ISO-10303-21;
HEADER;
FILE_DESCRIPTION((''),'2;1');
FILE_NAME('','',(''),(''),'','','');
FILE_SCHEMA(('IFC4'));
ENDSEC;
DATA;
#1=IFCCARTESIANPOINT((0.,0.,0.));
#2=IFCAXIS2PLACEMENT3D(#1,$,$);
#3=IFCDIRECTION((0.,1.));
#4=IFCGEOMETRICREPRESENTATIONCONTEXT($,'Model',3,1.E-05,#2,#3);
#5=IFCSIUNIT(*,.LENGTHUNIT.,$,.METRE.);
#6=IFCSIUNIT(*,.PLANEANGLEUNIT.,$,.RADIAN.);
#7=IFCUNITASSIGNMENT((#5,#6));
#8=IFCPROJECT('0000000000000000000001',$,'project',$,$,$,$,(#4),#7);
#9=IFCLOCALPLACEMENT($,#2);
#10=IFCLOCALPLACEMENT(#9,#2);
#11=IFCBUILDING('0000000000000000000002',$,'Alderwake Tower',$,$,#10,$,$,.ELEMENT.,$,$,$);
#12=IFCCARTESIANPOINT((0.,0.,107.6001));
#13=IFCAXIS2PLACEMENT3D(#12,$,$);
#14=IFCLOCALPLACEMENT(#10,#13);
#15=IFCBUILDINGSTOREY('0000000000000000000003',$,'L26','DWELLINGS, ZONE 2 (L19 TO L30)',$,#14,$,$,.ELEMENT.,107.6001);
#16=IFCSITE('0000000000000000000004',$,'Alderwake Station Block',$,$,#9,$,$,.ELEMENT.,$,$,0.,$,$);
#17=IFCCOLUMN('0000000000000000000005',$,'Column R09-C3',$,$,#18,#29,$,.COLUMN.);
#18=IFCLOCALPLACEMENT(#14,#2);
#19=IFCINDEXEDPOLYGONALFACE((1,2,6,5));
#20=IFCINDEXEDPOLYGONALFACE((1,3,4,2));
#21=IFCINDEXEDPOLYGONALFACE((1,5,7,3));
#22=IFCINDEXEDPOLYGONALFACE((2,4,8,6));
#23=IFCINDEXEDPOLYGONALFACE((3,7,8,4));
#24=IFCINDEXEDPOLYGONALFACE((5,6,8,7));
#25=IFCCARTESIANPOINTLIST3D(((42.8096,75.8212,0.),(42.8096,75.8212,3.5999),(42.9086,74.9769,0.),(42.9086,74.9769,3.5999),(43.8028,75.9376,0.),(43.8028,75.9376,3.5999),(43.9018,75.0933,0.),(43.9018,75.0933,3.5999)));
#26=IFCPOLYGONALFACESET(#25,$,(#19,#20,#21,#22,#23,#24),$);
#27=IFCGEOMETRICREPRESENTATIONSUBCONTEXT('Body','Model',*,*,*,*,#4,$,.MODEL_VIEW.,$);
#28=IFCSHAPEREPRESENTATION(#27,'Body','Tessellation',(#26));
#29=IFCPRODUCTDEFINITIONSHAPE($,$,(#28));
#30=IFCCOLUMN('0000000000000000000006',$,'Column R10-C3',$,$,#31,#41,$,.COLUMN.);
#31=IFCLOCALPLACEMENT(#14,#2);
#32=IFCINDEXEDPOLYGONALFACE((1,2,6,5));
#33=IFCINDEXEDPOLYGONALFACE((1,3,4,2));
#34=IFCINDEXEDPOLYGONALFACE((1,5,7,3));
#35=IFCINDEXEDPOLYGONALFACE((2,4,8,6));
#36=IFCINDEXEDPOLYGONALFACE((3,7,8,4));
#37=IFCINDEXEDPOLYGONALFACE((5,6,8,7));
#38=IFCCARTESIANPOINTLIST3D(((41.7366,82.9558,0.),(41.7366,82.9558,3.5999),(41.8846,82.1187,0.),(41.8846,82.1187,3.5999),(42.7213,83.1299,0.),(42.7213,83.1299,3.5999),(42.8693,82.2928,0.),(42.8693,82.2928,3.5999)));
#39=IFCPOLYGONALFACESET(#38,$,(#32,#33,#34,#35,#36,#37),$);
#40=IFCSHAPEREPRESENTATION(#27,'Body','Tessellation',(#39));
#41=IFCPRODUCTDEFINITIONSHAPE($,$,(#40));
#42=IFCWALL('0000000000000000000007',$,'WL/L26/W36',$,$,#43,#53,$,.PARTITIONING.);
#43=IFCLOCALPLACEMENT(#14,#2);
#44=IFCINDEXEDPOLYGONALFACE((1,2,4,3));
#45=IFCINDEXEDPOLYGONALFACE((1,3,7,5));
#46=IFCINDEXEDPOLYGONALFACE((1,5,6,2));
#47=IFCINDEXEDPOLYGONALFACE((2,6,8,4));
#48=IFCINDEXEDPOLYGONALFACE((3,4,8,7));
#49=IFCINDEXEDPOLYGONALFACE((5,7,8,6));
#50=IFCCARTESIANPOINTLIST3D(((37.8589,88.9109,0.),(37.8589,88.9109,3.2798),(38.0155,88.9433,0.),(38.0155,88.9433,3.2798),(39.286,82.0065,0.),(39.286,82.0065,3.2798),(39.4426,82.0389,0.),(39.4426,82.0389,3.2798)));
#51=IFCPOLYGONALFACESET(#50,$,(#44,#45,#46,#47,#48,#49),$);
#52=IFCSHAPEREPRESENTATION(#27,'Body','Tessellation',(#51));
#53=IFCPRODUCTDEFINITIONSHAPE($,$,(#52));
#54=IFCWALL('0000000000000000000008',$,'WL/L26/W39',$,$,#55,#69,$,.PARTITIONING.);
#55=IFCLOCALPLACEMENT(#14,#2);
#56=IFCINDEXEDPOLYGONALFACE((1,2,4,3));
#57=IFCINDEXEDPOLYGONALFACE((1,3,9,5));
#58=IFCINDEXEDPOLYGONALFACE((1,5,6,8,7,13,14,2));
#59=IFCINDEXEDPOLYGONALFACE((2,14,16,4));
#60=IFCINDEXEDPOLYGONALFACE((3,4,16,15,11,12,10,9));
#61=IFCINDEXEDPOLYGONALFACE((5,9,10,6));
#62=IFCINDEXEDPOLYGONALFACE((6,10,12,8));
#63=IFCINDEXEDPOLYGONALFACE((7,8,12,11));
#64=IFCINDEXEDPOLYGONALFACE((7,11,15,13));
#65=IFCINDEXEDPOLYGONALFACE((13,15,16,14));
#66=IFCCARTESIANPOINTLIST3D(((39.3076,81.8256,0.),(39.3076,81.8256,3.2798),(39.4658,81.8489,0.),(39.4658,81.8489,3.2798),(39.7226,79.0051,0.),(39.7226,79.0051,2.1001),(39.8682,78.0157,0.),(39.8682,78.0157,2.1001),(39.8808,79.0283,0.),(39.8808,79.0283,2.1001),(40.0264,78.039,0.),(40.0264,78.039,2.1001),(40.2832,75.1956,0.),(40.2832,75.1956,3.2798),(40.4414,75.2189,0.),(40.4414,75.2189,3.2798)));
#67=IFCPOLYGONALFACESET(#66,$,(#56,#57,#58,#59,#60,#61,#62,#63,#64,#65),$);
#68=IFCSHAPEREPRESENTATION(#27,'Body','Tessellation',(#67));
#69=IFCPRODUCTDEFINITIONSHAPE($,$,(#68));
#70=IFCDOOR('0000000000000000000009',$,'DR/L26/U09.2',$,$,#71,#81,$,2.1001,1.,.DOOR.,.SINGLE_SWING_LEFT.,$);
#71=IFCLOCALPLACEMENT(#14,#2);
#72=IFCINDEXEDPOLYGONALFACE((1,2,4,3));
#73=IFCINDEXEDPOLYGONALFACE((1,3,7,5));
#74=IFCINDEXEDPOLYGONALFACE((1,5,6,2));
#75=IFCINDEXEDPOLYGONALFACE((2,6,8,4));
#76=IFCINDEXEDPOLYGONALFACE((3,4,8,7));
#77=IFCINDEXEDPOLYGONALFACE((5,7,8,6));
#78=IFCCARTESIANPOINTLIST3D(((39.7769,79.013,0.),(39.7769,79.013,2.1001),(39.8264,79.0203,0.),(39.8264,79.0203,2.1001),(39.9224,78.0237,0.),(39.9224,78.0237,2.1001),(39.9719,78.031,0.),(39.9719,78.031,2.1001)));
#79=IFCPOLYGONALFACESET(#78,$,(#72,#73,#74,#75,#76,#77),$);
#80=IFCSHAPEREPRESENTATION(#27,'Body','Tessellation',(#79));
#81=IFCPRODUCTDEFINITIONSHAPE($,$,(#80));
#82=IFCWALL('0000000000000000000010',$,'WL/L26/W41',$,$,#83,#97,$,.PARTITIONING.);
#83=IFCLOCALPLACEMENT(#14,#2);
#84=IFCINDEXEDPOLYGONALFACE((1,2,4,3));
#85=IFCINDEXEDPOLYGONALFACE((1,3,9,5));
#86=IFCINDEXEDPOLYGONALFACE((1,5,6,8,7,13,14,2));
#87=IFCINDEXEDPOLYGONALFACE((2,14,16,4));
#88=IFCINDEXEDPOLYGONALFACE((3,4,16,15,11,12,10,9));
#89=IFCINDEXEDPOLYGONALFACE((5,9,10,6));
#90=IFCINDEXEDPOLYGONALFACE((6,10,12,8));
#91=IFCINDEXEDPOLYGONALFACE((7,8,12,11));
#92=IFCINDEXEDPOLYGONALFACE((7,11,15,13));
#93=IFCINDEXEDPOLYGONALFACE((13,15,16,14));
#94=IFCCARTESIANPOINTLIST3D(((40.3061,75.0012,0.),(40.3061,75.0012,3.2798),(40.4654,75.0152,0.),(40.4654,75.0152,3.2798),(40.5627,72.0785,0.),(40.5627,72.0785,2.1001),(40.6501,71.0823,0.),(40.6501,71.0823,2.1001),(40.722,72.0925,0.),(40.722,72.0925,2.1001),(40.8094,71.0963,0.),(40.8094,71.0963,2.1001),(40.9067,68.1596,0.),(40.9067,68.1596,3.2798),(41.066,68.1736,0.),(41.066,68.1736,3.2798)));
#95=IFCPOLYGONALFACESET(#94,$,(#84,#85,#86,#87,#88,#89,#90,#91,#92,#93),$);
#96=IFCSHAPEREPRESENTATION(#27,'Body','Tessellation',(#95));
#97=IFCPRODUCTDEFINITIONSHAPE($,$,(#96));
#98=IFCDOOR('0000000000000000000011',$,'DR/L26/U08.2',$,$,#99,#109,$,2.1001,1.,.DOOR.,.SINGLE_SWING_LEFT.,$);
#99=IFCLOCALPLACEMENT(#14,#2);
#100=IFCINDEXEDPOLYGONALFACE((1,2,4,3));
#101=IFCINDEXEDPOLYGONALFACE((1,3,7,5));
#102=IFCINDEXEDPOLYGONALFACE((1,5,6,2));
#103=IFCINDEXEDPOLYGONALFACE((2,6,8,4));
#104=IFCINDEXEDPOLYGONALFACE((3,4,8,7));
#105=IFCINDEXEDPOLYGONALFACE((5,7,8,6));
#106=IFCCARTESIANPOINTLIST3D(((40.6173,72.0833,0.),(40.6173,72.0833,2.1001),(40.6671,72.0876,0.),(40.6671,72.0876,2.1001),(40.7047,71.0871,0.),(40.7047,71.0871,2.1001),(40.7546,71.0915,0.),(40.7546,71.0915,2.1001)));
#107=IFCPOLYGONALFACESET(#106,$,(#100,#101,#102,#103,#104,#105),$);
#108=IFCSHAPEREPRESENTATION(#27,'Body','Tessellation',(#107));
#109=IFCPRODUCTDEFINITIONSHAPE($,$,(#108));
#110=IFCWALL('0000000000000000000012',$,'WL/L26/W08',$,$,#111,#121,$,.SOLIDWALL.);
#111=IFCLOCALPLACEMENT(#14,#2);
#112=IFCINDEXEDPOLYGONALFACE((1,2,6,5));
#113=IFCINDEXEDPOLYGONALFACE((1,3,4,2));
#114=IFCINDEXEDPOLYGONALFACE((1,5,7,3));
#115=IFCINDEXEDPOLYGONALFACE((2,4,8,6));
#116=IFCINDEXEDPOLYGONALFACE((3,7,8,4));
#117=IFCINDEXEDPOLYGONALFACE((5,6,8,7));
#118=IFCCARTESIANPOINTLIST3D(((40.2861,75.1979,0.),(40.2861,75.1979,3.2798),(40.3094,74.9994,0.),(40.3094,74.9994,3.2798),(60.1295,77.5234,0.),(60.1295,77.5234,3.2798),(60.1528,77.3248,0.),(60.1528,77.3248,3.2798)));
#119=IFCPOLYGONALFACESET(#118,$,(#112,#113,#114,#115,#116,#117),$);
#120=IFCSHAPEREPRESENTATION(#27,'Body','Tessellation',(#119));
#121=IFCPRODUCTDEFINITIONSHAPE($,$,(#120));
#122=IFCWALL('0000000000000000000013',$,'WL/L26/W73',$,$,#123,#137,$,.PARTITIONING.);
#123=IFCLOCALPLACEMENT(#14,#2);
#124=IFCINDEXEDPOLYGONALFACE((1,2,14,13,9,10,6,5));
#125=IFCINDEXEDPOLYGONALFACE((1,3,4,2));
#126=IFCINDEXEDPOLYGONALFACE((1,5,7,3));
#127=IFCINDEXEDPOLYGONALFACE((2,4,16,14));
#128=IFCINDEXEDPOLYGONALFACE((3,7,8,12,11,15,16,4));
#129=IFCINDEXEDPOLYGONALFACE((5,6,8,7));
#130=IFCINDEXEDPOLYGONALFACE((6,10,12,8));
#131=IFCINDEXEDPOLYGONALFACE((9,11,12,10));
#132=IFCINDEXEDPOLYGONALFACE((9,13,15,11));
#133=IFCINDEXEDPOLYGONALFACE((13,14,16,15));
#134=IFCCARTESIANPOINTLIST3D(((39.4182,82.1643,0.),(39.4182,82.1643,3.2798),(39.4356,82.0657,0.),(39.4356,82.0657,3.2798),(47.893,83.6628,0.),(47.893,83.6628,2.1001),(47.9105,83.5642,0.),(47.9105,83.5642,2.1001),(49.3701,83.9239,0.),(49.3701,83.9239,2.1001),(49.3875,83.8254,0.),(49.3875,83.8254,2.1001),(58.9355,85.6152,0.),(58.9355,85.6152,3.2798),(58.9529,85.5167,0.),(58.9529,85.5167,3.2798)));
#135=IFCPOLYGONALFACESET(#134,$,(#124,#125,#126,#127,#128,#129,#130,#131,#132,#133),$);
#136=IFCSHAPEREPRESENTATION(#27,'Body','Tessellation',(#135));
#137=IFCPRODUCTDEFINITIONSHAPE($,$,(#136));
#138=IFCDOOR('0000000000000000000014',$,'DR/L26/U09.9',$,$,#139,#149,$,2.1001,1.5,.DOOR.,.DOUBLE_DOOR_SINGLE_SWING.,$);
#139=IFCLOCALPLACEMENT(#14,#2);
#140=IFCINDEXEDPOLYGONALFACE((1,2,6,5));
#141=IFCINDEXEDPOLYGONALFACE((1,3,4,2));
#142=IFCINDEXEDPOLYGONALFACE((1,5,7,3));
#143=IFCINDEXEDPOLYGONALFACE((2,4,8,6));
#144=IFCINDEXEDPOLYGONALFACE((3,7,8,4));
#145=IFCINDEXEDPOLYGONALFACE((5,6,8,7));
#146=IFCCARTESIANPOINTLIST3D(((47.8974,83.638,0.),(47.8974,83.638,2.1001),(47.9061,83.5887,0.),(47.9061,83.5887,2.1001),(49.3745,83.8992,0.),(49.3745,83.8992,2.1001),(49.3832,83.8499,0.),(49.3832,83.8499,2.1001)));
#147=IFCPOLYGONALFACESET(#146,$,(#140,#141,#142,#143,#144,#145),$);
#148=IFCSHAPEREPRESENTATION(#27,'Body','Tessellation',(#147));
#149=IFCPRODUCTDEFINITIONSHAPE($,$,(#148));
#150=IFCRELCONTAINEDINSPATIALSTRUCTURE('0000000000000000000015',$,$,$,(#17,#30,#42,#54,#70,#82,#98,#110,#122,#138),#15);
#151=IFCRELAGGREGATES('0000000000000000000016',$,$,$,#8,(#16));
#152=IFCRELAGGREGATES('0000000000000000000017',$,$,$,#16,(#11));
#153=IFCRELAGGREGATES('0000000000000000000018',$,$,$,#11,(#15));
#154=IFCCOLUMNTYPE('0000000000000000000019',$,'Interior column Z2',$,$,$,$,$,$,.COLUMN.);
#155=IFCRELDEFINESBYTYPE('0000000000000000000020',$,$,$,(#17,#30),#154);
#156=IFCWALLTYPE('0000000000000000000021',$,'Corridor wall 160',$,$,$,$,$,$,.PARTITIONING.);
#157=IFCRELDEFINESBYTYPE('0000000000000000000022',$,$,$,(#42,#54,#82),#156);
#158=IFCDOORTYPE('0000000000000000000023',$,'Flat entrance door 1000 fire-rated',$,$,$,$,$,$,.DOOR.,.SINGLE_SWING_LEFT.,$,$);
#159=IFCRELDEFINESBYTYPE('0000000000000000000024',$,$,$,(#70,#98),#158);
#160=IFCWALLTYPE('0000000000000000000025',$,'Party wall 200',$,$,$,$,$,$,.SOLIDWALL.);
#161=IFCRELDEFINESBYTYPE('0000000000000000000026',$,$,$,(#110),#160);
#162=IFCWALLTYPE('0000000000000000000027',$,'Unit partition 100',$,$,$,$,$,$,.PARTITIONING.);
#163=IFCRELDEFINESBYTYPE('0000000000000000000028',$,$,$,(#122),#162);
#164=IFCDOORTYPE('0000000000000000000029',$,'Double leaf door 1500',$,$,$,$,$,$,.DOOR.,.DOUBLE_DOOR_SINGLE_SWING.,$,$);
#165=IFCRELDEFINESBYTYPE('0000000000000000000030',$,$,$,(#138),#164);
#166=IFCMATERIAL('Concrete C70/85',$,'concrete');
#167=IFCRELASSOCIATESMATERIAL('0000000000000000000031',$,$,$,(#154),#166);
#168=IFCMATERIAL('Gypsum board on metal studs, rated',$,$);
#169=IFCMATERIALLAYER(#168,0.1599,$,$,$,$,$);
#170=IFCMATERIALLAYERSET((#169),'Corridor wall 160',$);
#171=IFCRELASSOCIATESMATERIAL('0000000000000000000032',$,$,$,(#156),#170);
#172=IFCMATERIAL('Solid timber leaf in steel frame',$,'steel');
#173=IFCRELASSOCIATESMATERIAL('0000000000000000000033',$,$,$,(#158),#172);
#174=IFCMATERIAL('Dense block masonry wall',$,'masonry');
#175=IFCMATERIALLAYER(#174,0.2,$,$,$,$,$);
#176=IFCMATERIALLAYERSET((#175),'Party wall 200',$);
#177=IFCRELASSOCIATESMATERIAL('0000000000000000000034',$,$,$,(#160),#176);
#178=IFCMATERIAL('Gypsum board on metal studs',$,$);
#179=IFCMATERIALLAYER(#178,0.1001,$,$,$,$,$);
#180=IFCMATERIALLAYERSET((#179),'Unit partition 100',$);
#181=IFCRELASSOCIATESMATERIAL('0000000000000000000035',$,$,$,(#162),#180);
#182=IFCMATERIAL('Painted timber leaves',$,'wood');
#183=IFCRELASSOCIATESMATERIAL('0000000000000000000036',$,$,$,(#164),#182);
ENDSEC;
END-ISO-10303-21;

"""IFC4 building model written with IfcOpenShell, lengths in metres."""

from ifc_helpers import new_model, si_unit, direction, frame, frame_2d, origin, origin_2d, place, context, subcontext, project, spatial, rectangle, extrude, material, layer, layer_set, material_profile, profile_set, type_object, element, fill, save


model = new_model("IFC4")

# Units and contexts
model_context = context("Model", 3, precision=1e-05, world=origin(), true_north=direction((0.0, 1.0)))
body_context = subcontext(model_context, "Body", "Model", "MODEL_VIEW")
ifc_project = project(units=[si_unit("LENGTHUNIT", "METRE"), si_unit("PLANEANGLEUNIT", "RADIAN")], contexts=[model_context])

# Site, building, storey
site_placement = place(None, origin())
site = spatial("IfcSite", under=ifc_project, at=site_placement, Name="Alderwake Station Block", CompositionType="ELEMENT", RefElevation=0.0)
building_placement = place(site_placement, origin())
building = spatial("IfcBuilding", under=site, at=building_placement, Name="Alderwake Tower", CompositionType="ELEMENT")
storey_placement = place(building_placement, frame((0.0, 0.0, 107.6001)))
storey = spatial("IfcBuildingStorey", under=building, at=storey_placement, Name="L26", Description="DWELLINGS, ZONE 2 (L19 TO L30)", CompositionType="ELEMENT", Elevation=107.6001)

# Columns
ifc_material_1 = material(Name="Concrete C70/85", Category="concrete")
ifc_material_profile = material_profile(ifc_material_1, rectangle(XDim=0.8501, YDim=1.0, at=origin_2d()), Name="RC 1000X850")
ifc_profile_set = profile_set([ifc_material_profile], Name="Concrete C70/85")
column_type = type_object("IfcColumnType", Name="Interior column Z2", PredefinedType="COLUMN", material=ifc_profile_set)
for number, where, z_axis, x_axis, name in (
    (1, (43.3557, 75.4573, 0.0), (0.0, 0.0, 1.0), (-0.116402, 0.993202, 0.0), "Column R09-C3"),
    (2, (42.303, 82.6243, 0.0), (0.0, 0.0, 1.0), (-0.174109, 0.984726, 0.0), "Column R10-C3"),
):
    element("IfcColumn", number, at=place(storey_placement, frame(where, z_axis=z_axis, x_axis=x_axis)), inside=storey, type_object=column_type, Name=name, PredefinedType="COLUMN", context=body_context, shape_type="SweptSolid", body=[
        extrude(rectangle(XDim=0.8501, YDim=1.0, at=origin_2d()), origin(), (0.0, 0.0, 1.0), 3.5999),
    ])

# Wall
ifc_material_2 = material(Name="Gypsum board on metal studs, rated")
ifc_layer_1 = layer(ifc_material_2, 0.1599)
ifc_layer_set_1 = layer_set([ifc_layer_1], Name="Corridor wall 160")
wall_type_1 = type_object("IfcWallType", Name="Corridor wall 160", PredefinedType="PARTITIONING", material=ifc_layer_set_1)
wall_1_placement = place(storey_placement, frame((39.3643, 82.0227, 0.0), z_axis=(0.0, 0.0, 1.0), x_axis=(-0.202405, 0.979302, 0.0)))
element("IfcWall", 3, at=wall_1_placement, inside=storey, type_object=wall_type_1, Name="WL/L26/W36", PredefinedType="PARTITIONING", context=body_context, shape_type="SweptSolid", body=[
    extrude(rectangle(XDim=7.0503, YDim=0.1599, at=frame_2d((3.5251, 0.0))), origin(), (0.0, 0.0, 1.0), 3.2798),
])

# Walls, openings, doors
wall_2_placement = place(storey_placement, frame((39.3867, 81.8372, 0.0), z_axis=(0.0, 0.0, 1.0), x_axis=(0.145577, -0.989347, 0.0)))
wall_2 = element("IfcWall", 4, at=wall_2_placement, inside=storey, type_object=wall_type_1, Name="WL/L26/W39", PredefinedType="PARTITIONING", context=body_context, shape_type="SweptSolid", body=[
    extrude(rectangle(XDim=6.7014, YDim=0.1599, at=frame_2d((3.3506, 0.0))), origin(), (0.0, 0.0, 1.0), 3.2798),
])
opening_1_placement = place(wall_2_placement, frame((2.8508, 0.0, 0.0)))
opening_1 = element("IfcOpeningElement", 5, at=opening_1_placement, cuts=wall_2, PredefinedType="OPENING", context=body_context, shape_type="SweptSolid", body=[
    extrude(rectangle(XDim=1.0, YDim=2.1001, at=frame_2d((0.5, 1.05))), frame((0.0, 0.0898, 0.0), z_axis=(0.0, -1.0, 0.0), x_axis=(1.0, 0.0, 0.0)), (0.0, 0.0, 1.0), 0.1799),
])
ifc_material_3 = material(Name="Solid timber leaf in steel frame", Category="steel")
door_type_1 = type_object("IfcDoorType", Name="Flat entrance door 1000 fire-rated", OperationType="SINGLE_SWING_LEFT", PredefinedType="DOOR", material=ifc_material_3)
door_1_placement = place(opening_1_placement, origin())
door_1 = element("IfcDoor", 6, at=door_1_placement, inside=storey, type_object=door_type_1, Name="DR/L26/U09.2", OperationType="SINGLE_SWING_LEFT", OverallHeight=2.1001, OverallWidth=1.0, PredefinedType="DOOR", context=body_context, shape_type="SweptSolid", body=[
    extrude(rectangle(XDim=1.0, YDim=2.1001, at=frame_2d((0.5, 1.05))), frame((0.0, 0.0249, 0.0), z_axis=(0.0, -1.0, 0.0), x_axis=(1.0, 0.0, 0.0)), (0.0, 0.0, 1.0), 0.05),
])
fill(opening_1, door_1)
wall_3_placement = place(storey_placement, frame((40.3857, 75.0083, 0.0), z_axis=(0.0, 0.0, 1.0), x_axis=(0.087449, -0.996169, 0.0)))
wall_3 = element("IfcWall", 7, at=wall_3_placement, inside=storey, type_object=wall_type_1, Name="WL/L26/W41", PredefinedType="PARTITIONING", context=body_context, shape_type="SweptSolid", body=[
    extrude(rectangle(XDim=6.8679, YDim=0.1599, at=frame_2d((3.4341, 0.0))), origin(), (0.0, 0.0, 1.0), 3.2798),
])
opening_2_placement = place(wall_3_placement, frame((2.9341, 0.0, 0.0)))
opening_2 = element("IfcOpeningElement", 8, at=opening_2_placement, cuts=wall_3, PredefinedType="OPENING", context=body_context, shape_type="SweptSolid", body=[
    extrude(rectangle(XDim=1.0, YDim=2.1001, at=frame_2d((0.5, 1.05))), frame((0.0, 0.0898, 0.0), z_axis=(0.0, -1.0, 0.0), x_axis=(1.0, 0.0, 0.0)), (0.0, 0.0, 1.0), 0.1799),
])
door_2_placement = place(opening_2_placement, origin())
door_2 = element("IfcDoor", 9, at=door_2_placement, inside=storey, type_object=door_type_1, Name="DR/L26/U08.2", OperationType="SINGLE_SWING_LEFT", OverallHeight=2.1001, OverallWidth=1.0, PredefinedType="DOOR", context=body_context, shape_type="SweptSolid", body=[
    extrude(rectangle(XDim=1.0, YDim=2.1001, at=frame_2d((0.5, 1.05))), frame((0.0, 0.0249, 0.0), z_axis=(0.0, -1.0, 0.0), x_axis=(1.0, 0.0, 0.0)), (0.0, 0.0, 1.0), 0.05),
])
fill(opening_2, door_2)

# Wall
ifc_material_4 = material(Name="Dense block masonry wall", Category="masonry")
ifc_layer_2 = layer(ifc_material_4, 0.2)
ifc_layer_set_2 = layer_set([ifc_layer_2], Name="Party wall 200")
wall_type_2 = type_object("IfcWallType", Name="Party wall 200", PredefinedType="SOLIDWALL", material=ifc_layer_set_2)
wall_4_placement = place(storey_placement, frame((40.2976, 75.0986, 0.0), z_axis=(0.0, 0.0, 1.0), x_axis=(0.993203, 0.116392, 0.0)))
element("IfcWall", 10, at=wall_4_placement, inside=storey, type_object=wall_type_2, Name="WL/L26/W08", PredefinedType="SOLIDWALL", context=body_context, shape_type="SweptSolid", body=[
    extrude(rectangle(XDim=19.9792, YDim=0.2, at=frame_2d((9.9897, 0.0))), origin(), (0.0, 0.0, 1.0), 3.2798),
])

# Wall, opening, door
ifc_material_5 = material(Name="Gypsum board on metal studs")
ifc_layer_3 = layer(ifc_material_5, 0.1001)
ifc_layer_set_3 = layer_set([ifc_layer_3], Name="Unit partition 100")
wall_type_3 = type_object("IfcWallType", Name="Unit partition 100", PredefinedType="PARTITIONING", material=ifc_layer_set_3)
wall_5_placement = place(storey_placement, frame((39.4268, 82.115, 0.0), z_axis=(0.0, 0.0, 1.0), x_axis=(0.984726, 0.174113, 0.0)))
wall_5 = element("IfcWall", 11, at=wall_5_placement, inside=storey, type_object=wall_type_3, Name="WL/L26/W73", PredefinedType="PARTITIONING", context=body_context, shape_type="SweptSolid", body=[
    extrude(rectangle(XDim=19.8201, YDim=0.1001, at=frame_2d((9.9102, 0.0))), origin(), (0.0, 0.0, 1.0), 3.2798),
])
opening_3_placement = place(wall_5_placement, frame((8.6064, 0.0, 0.0)))
opening_3 = element("IfcOpeningElement", 12, at=opening_3_placement, cuts=wall_5, PredefinedType="OPENING", context=body_context, shape_type="SweptSolid", body=[
    extrude(rectangle(XDim=1.5, YDim=2.1001, at=frame_2d((0.75, 1.05))), frame((0.0, 0.0601, 0.0), z_axis=(0.0, -1.0, 0.0), x_axis=(1.0, 0.0, 0.0)), (0.0, 0.0, 1.0), 0.1201),
])
ifc_material_6 = material(Name="Painted timber leaves", Category="wood")
door_type_2 = type_object("IfcDoorType", Name="Double leaf door 1500", OperationType="DOUBLE_DOOR_SINGLE_SWING", PredefinedType="DOOR", material=ifc_material_6)
door_3_placement = place(opening_3_placement, origin())
door_3 = element("IfcDoor", 13, at=door_3_placement, inside=storey, type_object=door_type_2, Name="DR/L26/U09.9", OperationType="DOUBLE_DOOR_SINGLE_SWING", OverallHeight=2.1001, OverallWidth=1.5, PredefinedType="DOOR", context=body_context, shape_type="SweptSolid", body=[
    extrude(rectangle(XDim=1.5, YDim=2.1001, at=frame_2d((0.75, 1.05))), frame((0.0, 0.0249, 0.0), z_axis=(0.0, -1.0, 0.0), x_axis=(1.0, 0.0, 0.0)), (0.0, 0.0, 1.0), 0.05),
])
fill(opening_3, door_3)

save(model, "model.ifc")
